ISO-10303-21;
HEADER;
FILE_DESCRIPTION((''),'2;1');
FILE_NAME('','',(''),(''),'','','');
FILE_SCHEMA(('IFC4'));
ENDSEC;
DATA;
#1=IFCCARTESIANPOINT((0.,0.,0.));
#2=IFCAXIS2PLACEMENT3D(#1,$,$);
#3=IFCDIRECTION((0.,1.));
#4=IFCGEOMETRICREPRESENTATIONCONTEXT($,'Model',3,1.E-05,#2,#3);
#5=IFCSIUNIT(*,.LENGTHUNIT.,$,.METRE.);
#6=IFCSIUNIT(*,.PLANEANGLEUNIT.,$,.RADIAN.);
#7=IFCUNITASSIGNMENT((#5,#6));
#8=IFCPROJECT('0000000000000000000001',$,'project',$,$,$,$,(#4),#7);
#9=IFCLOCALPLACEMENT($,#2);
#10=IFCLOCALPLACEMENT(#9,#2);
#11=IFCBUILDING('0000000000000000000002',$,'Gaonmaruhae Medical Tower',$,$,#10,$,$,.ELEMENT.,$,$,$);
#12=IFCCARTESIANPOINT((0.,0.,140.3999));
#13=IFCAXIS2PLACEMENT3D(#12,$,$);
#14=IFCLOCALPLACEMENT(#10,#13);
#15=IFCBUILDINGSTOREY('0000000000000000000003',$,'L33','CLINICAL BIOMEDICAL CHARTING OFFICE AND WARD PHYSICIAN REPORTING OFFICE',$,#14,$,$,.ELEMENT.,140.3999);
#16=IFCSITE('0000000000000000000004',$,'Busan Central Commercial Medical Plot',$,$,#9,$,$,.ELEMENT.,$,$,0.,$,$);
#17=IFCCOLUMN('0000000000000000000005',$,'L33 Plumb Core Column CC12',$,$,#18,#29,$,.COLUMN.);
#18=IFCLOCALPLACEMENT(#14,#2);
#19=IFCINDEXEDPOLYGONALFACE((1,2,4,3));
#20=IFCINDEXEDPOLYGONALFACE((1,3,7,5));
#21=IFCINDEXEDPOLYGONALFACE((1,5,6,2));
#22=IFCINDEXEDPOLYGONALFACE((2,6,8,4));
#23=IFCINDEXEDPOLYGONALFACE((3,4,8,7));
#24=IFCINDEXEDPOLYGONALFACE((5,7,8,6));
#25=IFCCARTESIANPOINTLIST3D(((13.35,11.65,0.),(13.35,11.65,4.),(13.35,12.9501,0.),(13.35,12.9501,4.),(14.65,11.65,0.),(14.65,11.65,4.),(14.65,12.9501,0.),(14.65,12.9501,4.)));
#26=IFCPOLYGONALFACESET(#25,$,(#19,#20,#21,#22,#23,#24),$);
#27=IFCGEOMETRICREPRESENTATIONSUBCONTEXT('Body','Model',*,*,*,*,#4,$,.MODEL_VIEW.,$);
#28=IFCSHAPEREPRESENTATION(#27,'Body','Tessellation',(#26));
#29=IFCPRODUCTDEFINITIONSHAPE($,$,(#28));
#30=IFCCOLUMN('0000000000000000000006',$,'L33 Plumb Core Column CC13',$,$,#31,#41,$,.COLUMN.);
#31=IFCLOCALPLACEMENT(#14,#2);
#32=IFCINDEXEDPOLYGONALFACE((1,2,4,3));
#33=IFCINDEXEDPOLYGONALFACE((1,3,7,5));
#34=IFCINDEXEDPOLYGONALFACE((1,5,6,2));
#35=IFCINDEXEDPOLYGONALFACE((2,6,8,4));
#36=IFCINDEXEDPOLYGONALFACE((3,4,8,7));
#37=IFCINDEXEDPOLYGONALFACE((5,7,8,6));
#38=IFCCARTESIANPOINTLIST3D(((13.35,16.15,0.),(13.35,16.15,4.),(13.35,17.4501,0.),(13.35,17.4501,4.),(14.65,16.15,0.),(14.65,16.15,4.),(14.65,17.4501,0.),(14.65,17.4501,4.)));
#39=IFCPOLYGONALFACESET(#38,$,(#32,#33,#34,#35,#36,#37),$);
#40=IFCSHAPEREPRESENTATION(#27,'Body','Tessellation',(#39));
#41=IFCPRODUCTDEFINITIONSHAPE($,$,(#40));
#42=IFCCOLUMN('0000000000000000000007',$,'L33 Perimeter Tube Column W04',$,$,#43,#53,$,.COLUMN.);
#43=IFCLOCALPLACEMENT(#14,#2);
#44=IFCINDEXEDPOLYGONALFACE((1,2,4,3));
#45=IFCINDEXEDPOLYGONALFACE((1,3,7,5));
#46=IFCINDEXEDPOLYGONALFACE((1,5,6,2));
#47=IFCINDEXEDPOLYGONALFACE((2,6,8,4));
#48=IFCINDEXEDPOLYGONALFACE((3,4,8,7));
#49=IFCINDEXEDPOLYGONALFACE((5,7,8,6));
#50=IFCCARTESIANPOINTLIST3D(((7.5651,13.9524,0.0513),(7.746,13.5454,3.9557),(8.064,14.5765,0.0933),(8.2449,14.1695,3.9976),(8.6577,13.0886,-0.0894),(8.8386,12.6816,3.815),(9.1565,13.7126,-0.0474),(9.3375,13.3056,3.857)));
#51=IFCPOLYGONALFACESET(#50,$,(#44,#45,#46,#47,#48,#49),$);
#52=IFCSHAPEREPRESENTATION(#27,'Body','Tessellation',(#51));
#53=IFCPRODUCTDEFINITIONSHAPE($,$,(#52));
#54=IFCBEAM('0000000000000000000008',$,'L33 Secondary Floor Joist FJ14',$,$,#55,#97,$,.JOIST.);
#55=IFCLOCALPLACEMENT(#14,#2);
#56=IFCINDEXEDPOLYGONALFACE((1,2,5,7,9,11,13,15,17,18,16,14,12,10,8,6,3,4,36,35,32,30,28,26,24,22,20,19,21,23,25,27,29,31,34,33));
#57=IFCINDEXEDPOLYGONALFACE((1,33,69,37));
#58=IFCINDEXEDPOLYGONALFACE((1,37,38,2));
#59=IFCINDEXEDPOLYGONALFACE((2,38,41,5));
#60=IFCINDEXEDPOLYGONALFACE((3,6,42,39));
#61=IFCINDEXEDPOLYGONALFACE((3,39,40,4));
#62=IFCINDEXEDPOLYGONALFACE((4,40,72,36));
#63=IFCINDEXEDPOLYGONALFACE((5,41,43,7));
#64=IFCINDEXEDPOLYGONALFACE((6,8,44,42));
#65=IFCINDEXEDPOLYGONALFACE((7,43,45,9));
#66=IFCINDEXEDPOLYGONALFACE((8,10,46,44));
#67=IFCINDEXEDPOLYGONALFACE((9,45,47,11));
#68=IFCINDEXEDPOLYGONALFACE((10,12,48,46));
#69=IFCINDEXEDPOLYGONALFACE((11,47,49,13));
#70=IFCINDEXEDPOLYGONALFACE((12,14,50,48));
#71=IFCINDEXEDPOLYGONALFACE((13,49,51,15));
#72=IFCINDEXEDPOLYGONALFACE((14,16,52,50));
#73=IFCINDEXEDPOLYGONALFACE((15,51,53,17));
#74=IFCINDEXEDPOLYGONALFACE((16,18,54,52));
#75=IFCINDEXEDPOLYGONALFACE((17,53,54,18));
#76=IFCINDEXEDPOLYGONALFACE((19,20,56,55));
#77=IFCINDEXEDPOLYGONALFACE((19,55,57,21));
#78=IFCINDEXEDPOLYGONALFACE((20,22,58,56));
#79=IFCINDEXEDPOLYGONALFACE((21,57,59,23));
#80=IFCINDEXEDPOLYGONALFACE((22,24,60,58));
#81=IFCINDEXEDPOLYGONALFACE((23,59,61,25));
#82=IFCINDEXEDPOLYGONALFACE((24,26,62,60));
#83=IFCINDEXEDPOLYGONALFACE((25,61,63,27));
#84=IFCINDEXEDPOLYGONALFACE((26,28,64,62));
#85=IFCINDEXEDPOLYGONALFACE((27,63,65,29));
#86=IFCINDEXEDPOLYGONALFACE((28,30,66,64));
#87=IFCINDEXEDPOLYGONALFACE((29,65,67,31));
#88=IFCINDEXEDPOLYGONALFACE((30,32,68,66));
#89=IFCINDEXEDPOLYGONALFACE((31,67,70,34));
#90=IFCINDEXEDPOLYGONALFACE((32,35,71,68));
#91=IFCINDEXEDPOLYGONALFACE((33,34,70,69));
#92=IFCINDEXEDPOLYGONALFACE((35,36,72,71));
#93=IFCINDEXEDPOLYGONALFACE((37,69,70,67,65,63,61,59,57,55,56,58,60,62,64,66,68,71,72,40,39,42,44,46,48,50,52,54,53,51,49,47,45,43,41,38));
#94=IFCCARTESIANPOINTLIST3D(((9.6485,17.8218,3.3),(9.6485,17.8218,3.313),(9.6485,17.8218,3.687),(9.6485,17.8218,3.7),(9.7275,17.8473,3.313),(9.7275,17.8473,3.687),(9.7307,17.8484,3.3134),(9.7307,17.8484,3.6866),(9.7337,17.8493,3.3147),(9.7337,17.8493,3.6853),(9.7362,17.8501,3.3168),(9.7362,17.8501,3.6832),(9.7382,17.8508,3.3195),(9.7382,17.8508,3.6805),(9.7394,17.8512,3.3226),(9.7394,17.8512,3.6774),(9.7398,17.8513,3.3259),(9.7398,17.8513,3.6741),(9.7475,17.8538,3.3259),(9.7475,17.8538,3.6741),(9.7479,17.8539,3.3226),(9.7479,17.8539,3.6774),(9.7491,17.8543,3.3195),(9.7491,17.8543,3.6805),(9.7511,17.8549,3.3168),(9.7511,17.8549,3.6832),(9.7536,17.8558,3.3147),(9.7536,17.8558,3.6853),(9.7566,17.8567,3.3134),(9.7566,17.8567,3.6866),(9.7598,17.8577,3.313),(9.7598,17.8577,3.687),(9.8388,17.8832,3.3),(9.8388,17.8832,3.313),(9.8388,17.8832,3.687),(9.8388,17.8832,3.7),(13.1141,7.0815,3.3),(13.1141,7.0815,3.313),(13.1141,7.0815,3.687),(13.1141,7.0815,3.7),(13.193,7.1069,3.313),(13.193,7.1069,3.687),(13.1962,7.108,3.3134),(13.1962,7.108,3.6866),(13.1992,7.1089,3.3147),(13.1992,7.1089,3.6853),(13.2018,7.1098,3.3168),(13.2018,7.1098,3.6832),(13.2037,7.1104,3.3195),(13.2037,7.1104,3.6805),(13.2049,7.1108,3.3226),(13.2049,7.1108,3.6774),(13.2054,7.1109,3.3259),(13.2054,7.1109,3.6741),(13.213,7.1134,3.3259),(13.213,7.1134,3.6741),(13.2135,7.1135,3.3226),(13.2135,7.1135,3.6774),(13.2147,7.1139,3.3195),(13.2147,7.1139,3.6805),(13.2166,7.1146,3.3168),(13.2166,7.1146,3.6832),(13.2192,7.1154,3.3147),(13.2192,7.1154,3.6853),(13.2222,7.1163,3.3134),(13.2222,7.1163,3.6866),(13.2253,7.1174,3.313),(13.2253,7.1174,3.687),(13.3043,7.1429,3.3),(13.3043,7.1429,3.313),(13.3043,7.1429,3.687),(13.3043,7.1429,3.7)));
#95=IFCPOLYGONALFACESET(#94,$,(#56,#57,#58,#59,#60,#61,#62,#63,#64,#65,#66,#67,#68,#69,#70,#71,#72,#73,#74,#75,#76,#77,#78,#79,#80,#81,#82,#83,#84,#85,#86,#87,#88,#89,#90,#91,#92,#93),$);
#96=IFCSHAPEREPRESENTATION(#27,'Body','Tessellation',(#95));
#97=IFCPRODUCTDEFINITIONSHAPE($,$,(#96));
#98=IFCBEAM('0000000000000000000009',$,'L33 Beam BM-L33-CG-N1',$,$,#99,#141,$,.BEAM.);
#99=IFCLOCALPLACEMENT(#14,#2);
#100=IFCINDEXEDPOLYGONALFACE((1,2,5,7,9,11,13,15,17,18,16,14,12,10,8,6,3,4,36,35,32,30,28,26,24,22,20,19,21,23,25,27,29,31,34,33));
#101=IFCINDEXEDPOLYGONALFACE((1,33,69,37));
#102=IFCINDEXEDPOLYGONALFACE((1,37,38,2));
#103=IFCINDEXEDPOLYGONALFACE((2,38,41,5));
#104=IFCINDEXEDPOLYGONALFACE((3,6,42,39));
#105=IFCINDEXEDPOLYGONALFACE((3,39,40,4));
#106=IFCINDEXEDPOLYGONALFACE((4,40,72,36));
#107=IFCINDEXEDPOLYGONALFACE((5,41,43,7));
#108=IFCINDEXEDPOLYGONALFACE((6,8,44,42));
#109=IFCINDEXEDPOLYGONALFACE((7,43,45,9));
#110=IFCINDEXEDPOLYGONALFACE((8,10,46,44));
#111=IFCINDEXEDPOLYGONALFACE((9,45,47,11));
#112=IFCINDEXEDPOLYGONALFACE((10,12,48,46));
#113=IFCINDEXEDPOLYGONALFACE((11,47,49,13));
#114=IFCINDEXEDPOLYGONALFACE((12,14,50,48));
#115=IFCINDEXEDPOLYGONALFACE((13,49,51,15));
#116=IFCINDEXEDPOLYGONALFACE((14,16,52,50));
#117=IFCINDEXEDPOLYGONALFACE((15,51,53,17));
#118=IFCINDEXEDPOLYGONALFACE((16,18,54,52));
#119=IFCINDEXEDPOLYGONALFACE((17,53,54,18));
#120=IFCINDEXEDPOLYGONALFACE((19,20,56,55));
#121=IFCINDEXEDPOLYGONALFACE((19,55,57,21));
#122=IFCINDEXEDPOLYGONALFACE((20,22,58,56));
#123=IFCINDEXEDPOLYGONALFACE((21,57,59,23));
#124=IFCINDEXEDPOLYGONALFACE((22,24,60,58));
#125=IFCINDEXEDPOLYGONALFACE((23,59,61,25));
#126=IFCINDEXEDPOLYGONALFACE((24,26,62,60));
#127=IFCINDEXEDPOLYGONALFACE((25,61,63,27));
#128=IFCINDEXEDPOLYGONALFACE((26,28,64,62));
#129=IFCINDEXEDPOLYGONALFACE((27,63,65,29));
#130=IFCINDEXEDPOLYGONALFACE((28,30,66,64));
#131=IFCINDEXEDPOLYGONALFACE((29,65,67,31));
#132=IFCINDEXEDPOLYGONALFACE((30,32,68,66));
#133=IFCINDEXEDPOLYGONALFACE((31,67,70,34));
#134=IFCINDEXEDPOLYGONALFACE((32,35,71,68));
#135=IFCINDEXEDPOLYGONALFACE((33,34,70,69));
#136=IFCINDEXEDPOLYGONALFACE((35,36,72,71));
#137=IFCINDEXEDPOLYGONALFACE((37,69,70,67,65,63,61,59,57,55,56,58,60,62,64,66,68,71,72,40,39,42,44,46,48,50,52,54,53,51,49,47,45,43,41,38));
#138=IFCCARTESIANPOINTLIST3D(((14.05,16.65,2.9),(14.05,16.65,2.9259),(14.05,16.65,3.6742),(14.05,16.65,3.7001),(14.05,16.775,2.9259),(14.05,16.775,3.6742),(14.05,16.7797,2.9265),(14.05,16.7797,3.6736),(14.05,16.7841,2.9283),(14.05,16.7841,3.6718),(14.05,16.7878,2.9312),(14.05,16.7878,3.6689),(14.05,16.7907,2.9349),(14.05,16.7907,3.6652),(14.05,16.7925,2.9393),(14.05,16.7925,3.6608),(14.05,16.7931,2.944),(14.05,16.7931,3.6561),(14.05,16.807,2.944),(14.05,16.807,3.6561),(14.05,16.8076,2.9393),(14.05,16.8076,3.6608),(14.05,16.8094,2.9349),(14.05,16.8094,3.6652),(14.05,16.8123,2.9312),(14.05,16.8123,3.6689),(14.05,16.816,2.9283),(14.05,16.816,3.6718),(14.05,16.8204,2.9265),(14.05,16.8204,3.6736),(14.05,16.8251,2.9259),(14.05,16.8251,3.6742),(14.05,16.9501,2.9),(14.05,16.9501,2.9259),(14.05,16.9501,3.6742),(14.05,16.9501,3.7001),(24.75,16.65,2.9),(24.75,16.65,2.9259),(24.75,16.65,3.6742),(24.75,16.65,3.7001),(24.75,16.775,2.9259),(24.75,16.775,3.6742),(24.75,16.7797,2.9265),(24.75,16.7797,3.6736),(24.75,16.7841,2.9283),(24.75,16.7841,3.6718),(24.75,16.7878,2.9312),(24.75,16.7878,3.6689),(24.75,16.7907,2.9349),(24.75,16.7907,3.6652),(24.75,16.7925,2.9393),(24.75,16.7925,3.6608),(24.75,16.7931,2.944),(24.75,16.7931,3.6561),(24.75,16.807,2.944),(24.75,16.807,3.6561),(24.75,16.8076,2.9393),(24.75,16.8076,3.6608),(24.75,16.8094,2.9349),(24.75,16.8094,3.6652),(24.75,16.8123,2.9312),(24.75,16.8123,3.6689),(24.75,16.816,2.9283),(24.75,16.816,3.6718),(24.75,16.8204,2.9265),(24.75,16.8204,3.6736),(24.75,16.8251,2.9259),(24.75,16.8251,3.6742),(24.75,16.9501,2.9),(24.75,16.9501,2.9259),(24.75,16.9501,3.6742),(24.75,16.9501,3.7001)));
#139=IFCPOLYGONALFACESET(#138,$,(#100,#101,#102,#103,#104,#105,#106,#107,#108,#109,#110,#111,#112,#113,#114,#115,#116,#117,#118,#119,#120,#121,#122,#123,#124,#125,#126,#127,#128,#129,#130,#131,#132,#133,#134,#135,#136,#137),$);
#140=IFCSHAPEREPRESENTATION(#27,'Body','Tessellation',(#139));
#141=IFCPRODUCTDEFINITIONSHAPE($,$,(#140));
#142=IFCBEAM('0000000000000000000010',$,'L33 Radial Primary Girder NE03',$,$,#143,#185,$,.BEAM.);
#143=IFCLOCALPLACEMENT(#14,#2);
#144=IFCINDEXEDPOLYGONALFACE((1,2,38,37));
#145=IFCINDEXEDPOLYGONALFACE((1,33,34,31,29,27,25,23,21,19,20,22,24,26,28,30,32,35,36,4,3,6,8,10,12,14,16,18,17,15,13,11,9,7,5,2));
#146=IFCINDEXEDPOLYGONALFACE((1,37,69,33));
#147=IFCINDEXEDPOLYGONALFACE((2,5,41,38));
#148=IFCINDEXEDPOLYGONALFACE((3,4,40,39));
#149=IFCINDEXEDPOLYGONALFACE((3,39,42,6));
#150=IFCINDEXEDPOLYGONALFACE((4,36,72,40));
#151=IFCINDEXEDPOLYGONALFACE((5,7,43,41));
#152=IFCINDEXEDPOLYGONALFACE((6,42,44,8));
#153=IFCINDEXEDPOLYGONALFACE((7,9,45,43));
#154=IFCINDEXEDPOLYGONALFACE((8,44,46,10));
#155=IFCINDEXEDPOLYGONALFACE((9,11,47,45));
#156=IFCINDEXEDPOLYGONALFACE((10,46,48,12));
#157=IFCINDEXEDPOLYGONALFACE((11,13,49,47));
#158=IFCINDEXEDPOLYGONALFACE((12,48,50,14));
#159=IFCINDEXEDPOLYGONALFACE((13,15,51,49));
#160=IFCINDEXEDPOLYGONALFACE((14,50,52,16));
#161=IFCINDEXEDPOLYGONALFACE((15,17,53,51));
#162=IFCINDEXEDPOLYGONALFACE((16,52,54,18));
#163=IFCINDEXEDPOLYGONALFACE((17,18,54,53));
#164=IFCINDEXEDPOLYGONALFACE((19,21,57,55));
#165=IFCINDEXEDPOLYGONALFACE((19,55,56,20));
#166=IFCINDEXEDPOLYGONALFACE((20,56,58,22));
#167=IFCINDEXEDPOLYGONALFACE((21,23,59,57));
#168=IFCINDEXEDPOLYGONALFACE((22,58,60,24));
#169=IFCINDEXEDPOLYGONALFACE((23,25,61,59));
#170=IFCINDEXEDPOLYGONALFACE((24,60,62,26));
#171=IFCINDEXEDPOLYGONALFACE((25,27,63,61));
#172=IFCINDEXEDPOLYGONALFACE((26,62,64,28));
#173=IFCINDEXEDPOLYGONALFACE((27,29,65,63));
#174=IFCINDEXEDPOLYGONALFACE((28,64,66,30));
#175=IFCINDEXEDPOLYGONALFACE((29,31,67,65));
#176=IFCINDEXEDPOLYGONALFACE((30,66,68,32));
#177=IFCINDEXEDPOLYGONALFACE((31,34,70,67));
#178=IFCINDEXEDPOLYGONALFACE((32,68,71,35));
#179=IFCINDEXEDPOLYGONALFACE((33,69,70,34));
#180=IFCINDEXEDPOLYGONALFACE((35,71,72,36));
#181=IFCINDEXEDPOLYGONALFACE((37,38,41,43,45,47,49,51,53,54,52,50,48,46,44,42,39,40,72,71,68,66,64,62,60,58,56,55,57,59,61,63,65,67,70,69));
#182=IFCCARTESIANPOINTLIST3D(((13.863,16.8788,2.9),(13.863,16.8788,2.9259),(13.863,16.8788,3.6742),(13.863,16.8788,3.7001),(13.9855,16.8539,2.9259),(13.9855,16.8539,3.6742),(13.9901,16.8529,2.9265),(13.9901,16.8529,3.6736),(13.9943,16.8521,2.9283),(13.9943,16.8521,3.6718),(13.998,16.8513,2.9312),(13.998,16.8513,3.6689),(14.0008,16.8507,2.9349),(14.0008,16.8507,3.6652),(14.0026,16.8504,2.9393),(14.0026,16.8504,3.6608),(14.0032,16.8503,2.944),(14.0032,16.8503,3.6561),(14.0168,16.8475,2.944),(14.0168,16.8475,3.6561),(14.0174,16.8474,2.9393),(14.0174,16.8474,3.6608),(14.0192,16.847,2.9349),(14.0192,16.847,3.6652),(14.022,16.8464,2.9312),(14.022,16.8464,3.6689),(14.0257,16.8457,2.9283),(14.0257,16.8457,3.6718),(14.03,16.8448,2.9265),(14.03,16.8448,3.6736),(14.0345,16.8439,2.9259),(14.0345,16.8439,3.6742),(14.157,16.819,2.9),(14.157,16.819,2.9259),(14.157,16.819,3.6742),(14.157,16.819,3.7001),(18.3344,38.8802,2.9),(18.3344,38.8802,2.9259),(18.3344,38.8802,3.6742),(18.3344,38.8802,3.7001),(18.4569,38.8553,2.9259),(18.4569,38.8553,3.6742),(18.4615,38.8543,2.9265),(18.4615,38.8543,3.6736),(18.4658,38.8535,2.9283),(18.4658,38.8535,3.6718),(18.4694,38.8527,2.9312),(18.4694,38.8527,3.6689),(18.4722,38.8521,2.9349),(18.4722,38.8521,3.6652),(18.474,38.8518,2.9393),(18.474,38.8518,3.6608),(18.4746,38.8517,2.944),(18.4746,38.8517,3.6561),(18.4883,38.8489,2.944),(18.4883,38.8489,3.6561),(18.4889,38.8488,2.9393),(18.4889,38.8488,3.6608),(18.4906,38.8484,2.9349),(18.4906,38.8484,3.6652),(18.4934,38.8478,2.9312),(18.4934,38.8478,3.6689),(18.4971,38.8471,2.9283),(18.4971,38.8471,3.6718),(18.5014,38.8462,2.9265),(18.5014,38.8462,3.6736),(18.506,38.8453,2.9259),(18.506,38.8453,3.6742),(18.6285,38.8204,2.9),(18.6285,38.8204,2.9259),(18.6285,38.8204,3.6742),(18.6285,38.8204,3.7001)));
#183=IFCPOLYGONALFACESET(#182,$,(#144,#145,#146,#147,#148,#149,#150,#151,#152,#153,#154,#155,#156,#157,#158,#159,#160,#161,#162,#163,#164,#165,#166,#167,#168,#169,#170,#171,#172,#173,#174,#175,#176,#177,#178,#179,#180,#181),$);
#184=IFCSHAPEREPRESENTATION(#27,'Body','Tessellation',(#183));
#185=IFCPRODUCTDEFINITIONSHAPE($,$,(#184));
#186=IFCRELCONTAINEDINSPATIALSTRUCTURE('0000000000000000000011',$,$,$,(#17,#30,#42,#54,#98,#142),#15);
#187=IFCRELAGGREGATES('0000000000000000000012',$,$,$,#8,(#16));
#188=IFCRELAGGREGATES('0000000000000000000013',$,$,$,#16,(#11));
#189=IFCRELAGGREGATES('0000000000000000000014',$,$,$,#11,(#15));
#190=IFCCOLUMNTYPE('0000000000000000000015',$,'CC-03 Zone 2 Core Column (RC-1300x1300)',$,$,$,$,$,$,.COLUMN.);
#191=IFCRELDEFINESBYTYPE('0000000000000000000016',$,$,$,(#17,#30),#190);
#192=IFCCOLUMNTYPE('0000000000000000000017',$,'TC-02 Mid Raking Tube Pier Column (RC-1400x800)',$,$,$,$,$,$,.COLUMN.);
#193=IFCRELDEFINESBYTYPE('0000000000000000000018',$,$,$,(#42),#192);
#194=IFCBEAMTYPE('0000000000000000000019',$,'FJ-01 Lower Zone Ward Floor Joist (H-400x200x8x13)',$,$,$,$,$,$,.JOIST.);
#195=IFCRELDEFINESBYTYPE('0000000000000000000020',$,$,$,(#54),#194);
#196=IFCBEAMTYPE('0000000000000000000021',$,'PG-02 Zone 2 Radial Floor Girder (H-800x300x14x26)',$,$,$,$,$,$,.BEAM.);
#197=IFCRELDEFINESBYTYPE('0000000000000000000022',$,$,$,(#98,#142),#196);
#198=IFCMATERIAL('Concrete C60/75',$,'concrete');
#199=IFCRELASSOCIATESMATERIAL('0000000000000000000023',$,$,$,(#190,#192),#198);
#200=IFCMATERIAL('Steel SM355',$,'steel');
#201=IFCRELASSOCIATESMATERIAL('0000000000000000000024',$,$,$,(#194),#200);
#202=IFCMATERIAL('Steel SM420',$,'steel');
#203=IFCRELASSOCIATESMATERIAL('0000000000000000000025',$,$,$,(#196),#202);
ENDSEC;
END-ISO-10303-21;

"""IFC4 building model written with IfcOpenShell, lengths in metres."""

from ifc_helpers import new_model, si_unit, direction, frame, origin, origin_2d, place, context, subcontext, project, spatial, rectangle, i_section, extrude, material, material_profile, profile_set, type_object, element, save


model = new_model("IFC4")

# Units and contexts
model_context = context("Model", 3, precision=1e-05, world=origin(), true_north=direction((0.0, 1.0)))
body_context = subcontext(model_context, "Body", "Model", "MODEL_VIEW")
ifc_project = project(units=[si_unit("LENGTHUNIT", "METRE"), si_unit("PLANEANGLEUNIT", "RADIAN")], contexts=[model_context])

# Site, building, storey
site_placement = place(None, origin())
site = spatial("IfcSite", under=ifc_project, at=site_placement, Name="Busan Central Commercial Medical Plot", CompositionType="ELEMENT", RefElevation=0.0)
building_placement = place(site_placement, origin())
building = spatial("IfcBuilding", under=site, at=building_placement, Name="Gaonmaruhae Medical Tower", CompositionType="ELEMENT")
storey_placement = place(building_placement, frame((0.0, 0.0, 140.3999)))
storey = spatial("IfcBuildingStorey", under=building, at=storey_placement, Name="L33", Description="CLINICAL BIOMEDICAL CHARTING OFFICE AND WARD PHYSICIAN REPORTING OFFICE", CompositionType="ELEMENT", Elevation=140.3999)

# Columns
ifc_material_1 = material(Name="Concrete C60/75", Category="concrete")
ifc_material_profile_1 = material_profile(ifc_material_1, rectangle(XDim=1.3, YDim=1.3, at=origin_2d()), Name="RC-1300x1300")
ifc_profile_set_1 = profile_set([ifc_material_profile_1], Name="Concrete C60/75")
column_type_1 = type_object("IfcColumnType", Name="CC-03 Zone 2 Core Column (RC-1300x1300)", PredefinedType="COLUMN", material=ifc_profile_set_1)
for number, where, z_axis, x_axis, name in (
    (1, (14.0, 12.3, 0.0), (0.0, 0.0, 1.0), (1.0, 0.0, 0.0), "L33 Plumb Core Column CC12"),
    (2, (14.0, 16.8, 0.0), (0.0, 0.0, 1.0), (1.0, 0.0, 0.0), "L33 Plumb Core Column CC13"),
):
    element("IfcColumn", number, at=place(storey_placement, frame(where, z_axis=z_axis, x_axis=x_axis)), inside=storey, type_object=column_type_1, Name=name, PredefinedType="COLUMN", context=body_context, shape_type="SweptSolid", body=[
        extrude(rectangle(XDim=1.3, YDim=1.3, at=origin_2d()), origin(), (0.0, 0.0, 1.0), 4.0),
    ])
ifc_material_profile_2 = material_profile(ifc_material_1, rectangle(XDim=1.3999, YDim=0.8, at=origin_2d()), Name="RC-1400x800")
ifc_profile_set_2 = profile_set([ifc_material_profile_2], Name="Concrete C60/75")
column_type_2 = type_object("IfcColumnType", Name="TC-02 Mid Raking Tube Pier Column (RC-1400x800)", PredefinedType="COLUMN", material=ifc_profile_set_2)
column_placement = place(storey_placement, frame((8.3608, 13.8325, 0.002), z_axis=(0.046037, -0.103568, 0.993556), x_axis=(-0.780458, 0.61708, 0.100487)))
element("IfcColumn", 3, at=column_placement, inside=storey, type_object=column_type_2, Name="L33 Perimeter Tube Column W04", PredefinedType="COLUMN", context=body_context, shape_type="SweptSolid", body=[
    extrude(rectangle(XDim=1.3999, YDim=0.8, at=origin_2d()), origin(), (0.0, 0.0, 1.0), 3.9297),
])

# Beams
ifc_material_2 = material(Name="Steel SM355", Category="steel")
ifc_material_profile_3 = material_profile(ifc_material_2, i_section(OverallWidth=0.2, OverallDepth=0.3999, WebThickness=0.0081, FlangeThickness=0.0129, FilletRadius=0.0129, at=origin_2d()), Name="H-400x200x8x13")
ifc_profile_set_3 = profile_set([ifc_material_profile_3], Name="Steel SM355")
beam_type_1 = type_object("IfcBeamType", Name="FJ-01 Lower Zone Ward Floor Joist (H-400x200x8x13)", PredefinedType="JOIST", material=ifc_profile_set_3)
beam_1_placement = place(storey_placement, frame((9.7437, 17.8525, 3.5), z_axis=(0.307075, -0.951685, 0.0), x_axis=(0.951685, 0.307075, 0.0)))
element("IfcBeam", 4, at=beam_1_placement, inside=storey, type_object=beam_type_1, Name="L33 Secondary Floor Joist FJ14", PredefinedType="JOIST", context=body_context, shape_type="SweptSolid", body=[
    extrude(i_section(OverallWidth=0.2, OverallDepth=0.3999, WebThickness=0.0081, FlangeThickness=0.0129, FilletRadius=0.0129, at=origin_2d()), origin(), (0.0, 0.0, 1.0), 11.2856),
])
ifc_material_3 = material(Name="Steel SM420", Category="steel")
ifc_material_profile_4 = material_profile(ifc_material_3, i_section(OverallWidth=0.3, OverallDepth=0.8, WebThickness=0.0139, FlangeThickness=0.0259, FilletRadius=0.0181, at=origin_2d()), Name="H-800x300x14x26")
ifc_profile_set_4 = profile_set([ifc_material_profile_4], Name="Steel SM420")
beam_type_2 = type_object("IfcBeamType", Name="PG-02 Zone 2 Radial Floor Girder (H-800x300x14x26)", PredefinedType="BEAM", material=ifc_profile_set_4)
beam_2_placement = place(storey_placement, frame((14.05, 16.8, 3.3), z_axis=(1.0, 0.0, 0.0), x_axis=(0.0, 1.0, 0.0)))
element("IfcBeam", 5, at=beam_2_placement, inside=storey, type_object=beam_type_2, Name="L33 Beam BM-L33-CG-N1", PredefinedType="BEAM", context=body_context, shape_type="SweptSolid", body=[
    extrude(i_section(OverallWidth=0.3, OverallDepth=0.8, WebThickness=0.0139, FlangeThickness=0.0259, FilletRadius=0.0181, at=origin_2d()), origin(), (0.0, 0.0, 1.0), 10.7),
])
beam_3_placement = place(storey_placement, frame((14.01, 16.8489, 3.3), z_axis=(0.199162, 0.979967, 0.0), x_axis=(-0.979967, 0.199162, 0.0)))
element("IfcBeam", 6, at=beam_3_placement, inside=storey, type_object=beam_type_2, Name="L33 Radial Primary Girder NE03", PredefinedType="BEAM", context=body_context, shape_type="SweptSolid", body=[
    extrude(i_section(OverallWidth=0.3, OverallDepth=0.8, WebThickness=0.0139, FlangeThickness=0.0259, FilletRadius=0.0181, at=origin_2d()), origin(), (0.0, 0.0, 1.0), 22.4512),
])

save(model, "model.ifc")
